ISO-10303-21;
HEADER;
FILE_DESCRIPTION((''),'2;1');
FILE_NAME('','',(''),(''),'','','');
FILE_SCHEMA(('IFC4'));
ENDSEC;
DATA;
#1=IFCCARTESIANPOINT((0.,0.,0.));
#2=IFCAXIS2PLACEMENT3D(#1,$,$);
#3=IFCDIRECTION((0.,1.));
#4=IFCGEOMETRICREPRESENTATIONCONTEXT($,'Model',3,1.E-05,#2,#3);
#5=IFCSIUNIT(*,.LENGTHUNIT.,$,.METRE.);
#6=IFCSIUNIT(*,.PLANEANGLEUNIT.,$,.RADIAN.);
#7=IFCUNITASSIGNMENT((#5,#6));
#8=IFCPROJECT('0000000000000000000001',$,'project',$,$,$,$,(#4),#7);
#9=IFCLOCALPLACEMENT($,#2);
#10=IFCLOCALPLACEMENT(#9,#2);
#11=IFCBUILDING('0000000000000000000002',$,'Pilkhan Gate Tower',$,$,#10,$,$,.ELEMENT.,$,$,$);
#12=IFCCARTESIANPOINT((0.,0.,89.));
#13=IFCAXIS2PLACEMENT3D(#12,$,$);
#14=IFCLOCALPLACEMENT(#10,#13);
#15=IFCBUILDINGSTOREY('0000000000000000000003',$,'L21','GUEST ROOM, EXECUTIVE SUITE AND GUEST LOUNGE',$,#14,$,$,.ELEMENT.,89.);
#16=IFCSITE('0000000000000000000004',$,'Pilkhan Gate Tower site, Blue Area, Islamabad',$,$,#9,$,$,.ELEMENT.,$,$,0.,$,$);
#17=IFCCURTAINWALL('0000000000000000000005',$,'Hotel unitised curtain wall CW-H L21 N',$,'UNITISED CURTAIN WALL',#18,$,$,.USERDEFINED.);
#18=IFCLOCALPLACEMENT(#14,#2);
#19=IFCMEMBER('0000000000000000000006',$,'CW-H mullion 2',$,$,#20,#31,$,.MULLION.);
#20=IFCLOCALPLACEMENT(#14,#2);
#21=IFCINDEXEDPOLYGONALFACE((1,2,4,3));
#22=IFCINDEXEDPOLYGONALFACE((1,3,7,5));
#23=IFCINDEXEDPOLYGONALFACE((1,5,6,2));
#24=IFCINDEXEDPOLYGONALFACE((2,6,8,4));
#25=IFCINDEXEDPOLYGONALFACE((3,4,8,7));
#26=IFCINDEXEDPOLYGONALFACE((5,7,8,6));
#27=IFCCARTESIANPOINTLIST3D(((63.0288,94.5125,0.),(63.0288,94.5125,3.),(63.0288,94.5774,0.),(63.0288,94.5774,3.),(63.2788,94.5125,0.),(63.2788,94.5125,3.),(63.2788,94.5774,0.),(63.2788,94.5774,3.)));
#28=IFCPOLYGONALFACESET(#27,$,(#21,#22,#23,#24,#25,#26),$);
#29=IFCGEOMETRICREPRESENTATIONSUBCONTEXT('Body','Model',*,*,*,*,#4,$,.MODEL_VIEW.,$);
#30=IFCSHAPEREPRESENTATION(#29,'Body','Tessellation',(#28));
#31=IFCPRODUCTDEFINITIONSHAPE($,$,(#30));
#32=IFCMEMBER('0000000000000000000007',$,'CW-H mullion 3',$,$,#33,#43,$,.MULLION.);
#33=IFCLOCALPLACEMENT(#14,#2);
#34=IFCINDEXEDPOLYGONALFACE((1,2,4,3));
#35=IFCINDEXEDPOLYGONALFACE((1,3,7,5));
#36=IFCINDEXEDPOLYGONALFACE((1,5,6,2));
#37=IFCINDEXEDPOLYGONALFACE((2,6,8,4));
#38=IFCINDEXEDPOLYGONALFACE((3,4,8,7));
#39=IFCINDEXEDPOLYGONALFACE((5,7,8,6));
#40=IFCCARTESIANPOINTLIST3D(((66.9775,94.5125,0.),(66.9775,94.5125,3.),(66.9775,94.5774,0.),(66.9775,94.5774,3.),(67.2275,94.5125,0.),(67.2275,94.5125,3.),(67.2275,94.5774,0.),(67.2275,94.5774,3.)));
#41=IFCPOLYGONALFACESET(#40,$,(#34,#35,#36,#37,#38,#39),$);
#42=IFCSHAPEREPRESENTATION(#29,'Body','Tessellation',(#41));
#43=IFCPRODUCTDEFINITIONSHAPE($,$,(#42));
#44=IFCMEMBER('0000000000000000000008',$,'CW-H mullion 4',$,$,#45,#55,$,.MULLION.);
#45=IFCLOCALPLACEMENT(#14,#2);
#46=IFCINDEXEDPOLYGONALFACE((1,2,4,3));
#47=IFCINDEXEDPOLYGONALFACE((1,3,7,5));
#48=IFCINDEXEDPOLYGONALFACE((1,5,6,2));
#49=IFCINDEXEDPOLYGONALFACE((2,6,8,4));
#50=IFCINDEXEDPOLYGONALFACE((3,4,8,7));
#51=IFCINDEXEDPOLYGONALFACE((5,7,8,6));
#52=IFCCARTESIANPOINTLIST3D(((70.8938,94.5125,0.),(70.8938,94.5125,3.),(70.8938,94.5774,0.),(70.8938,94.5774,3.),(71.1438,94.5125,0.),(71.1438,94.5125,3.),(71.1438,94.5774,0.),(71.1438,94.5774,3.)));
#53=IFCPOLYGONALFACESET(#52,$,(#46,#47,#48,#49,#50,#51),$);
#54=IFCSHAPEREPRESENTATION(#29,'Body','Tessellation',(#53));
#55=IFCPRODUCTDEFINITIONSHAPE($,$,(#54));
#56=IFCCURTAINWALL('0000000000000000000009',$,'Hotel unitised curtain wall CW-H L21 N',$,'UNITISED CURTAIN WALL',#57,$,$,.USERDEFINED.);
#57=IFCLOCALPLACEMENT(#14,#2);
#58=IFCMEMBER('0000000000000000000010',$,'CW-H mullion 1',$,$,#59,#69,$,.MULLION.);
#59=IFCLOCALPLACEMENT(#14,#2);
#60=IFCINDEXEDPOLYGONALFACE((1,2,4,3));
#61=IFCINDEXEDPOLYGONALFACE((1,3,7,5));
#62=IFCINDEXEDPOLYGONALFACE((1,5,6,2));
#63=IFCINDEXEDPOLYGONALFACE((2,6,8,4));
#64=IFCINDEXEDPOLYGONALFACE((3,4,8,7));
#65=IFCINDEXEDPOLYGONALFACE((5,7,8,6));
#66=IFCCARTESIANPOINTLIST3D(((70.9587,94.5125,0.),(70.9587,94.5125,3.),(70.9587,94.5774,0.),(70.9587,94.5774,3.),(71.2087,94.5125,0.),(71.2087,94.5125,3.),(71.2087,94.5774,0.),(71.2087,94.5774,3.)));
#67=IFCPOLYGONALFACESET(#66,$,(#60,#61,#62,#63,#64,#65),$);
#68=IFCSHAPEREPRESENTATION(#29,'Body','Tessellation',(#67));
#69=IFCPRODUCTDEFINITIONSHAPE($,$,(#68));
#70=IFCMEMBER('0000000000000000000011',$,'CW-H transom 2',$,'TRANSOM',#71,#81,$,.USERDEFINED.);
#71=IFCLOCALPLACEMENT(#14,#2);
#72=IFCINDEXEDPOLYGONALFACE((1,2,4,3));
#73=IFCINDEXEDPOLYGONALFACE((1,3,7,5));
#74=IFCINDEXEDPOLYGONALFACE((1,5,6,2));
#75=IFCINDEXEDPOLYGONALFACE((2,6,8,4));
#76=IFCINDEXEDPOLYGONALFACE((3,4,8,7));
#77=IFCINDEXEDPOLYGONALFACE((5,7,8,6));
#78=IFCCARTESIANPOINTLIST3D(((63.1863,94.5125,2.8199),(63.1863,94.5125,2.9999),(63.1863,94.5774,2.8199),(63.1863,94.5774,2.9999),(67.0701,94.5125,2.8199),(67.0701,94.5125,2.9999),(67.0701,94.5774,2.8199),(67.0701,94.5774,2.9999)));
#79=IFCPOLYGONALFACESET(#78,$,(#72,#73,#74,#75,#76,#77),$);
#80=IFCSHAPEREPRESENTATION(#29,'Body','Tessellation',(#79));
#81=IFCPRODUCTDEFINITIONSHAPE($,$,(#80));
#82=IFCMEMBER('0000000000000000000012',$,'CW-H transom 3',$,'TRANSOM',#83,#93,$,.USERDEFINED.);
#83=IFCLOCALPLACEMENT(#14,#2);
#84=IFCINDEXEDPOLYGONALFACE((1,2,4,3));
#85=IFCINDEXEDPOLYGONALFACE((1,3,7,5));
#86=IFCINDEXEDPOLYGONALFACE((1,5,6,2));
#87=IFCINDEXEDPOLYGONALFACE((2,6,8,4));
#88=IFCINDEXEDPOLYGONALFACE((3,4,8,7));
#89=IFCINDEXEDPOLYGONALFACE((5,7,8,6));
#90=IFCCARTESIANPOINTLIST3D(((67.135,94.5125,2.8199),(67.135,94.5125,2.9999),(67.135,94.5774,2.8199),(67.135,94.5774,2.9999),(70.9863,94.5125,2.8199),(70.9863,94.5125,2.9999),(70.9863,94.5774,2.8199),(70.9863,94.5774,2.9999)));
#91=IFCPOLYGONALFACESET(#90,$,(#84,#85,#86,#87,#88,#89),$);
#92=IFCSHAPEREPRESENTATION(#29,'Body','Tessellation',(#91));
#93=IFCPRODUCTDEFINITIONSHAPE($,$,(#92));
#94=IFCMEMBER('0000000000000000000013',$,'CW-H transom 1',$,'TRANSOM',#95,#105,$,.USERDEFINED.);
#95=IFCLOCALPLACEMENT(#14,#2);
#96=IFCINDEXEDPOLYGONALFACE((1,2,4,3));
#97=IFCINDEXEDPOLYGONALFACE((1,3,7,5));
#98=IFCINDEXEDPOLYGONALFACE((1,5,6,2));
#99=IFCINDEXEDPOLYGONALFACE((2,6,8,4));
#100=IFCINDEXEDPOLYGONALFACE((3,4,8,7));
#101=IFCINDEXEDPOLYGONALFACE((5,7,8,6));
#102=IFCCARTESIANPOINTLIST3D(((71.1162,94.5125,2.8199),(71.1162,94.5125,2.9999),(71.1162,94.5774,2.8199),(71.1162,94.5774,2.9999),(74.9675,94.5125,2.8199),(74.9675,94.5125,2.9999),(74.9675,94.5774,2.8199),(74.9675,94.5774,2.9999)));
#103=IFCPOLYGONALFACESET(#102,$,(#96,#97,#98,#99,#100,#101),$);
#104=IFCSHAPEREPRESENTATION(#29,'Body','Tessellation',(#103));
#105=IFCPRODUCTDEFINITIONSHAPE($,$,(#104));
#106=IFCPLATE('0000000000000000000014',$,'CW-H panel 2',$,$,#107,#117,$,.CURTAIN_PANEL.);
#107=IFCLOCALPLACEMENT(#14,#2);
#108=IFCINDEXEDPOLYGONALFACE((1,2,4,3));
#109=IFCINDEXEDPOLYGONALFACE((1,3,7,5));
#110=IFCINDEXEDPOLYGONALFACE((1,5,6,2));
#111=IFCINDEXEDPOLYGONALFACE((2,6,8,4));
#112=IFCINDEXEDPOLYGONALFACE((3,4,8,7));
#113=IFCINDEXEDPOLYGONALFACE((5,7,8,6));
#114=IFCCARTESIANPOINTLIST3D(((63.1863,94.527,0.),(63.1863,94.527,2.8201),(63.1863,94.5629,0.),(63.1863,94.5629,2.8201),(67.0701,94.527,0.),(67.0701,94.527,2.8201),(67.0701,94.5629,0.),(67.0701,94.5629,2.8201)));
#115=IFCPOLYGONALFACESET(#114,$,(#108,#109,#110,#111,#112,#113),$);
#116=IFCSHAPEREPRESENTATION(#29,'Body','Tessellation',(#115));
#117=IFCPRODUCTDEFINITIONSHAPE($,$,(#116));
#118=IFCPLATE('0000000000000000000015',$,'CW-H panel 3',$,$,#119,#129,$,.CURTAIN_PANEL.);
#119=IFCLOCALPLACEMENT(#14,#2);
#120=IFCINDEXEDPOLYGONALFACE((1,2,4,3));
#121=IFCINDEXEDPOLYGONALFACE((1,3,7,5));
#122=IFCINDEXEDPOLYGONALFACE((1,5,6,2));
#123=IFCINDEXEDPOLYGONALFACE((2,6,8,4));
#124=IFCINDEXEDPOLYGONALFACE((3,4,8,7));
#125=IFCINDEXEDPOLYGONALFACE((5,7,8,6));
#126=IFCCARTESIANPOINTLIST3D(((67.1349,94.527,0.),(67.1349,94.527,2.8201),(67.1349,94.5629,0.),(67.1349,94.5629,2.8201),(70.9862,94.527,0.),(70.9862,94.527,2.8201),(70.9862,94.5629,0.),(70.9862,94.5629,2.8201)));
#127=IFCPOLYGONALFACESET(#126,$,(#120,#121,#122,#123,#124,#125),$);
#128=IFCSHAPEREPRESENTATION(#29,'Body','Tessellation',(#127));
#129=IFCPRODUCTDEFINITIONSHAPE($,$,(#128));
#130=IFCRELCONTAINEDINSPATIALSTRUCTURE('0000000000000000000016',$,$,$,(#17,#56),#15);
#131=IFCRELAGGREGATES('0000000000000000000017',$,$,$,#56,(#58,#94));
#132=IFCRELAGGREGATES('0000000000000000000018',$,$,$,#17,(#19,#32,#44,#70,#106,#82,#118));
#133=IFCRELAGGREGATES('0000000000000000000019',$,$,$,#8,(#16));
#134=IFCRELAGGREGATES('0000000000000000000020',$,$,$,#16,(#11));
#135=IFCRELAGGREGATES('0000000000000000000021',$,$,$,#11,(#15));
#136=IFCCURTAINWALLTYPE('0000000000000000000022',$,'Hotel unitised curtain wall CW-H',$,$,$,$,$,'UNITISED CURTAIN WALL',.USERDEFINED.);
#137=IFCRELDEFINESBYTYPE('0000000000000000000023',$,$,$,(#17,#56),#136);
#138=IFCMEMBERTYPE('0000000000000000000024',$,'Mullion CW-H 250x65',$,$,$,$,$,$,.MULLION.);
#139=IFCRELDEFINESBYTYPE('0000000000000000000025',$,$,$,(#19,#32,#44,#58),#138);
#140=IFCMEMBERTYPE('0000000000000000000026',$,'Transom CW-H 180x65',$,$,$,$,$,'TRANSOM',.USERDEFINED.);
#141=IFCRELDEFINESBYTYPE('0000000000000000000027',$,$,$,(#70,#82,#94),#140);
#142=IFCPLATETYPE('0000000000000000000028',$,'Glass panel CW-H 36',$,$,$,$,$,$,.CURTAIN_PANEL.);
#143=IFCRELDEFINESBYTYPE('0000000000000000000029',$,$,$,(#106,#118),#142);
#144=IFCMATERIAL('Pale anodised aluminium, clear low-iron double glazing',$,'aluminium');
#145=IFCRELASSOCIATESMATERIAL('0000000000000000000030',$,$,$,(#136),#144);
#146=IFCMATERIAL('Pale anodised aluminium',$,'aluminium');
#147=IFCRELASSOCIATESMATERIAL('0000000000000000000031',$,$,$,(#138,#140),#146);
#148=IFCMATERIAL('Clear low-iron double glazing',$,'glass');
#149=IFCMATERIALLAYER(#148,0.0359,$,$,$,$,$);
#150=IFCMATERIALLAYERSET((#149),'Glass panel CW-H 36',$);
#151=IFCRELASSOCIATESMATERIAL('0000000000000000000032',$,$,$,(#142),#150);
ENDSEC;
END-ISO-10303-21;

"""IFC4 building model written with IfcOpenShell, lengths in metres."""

from ifc_helpers import new_model, si_unit, direction, frame, origin, origin_2d, place, context, subcontext, project, spatial, rectangle, extrude, material, layer, layer_set, material_profile, profile_set, type_object, element, aggregate, save


model = new_model("IFC4")

# Units and contexts
model_context = context("Model", 3, precision=1e-05, world=origin(), true_north=direction((0.0, 1.0)))
body_context = subcontext(model_context, "Body", "Model", "MODEL_VIEW")
ifc_project = project(units=[si_unit("LENGTHUNIT", "METRE"), si_unit("PLANEANGLEUNIT", "RADIAN")], contexts=[model_context])

# Site, building, storey
site_placement = place(None, origin())
site = spatial("IfcSite", under=ifc_project, at=site_placement, Name="Pilkhan Gate Tower site, Blue Area, Islamabad", CompositionType="ELEMENT", RefElevation=0.0)
building_placement = place(site_placement, origin())
building = spatial("IfcBuilding", under=site, at=building_placement, Name="Pilkhan Gate Tower", CompositionType="ELEMENT")
storey_placement = place(building_placement, frame((0.0, 0.0, 89.0)))
storey = spatial("IfcBuildingStorey", under=building, at=storey_placement, Name="L21", Description="GUEST ROOM, EXECUTIVE SUITE AND GUEST LOUNGE", CompositionType="ELEMENT", Elevation=89.0)

# Curtain wall, members
ifc_material_1 = material(Name="Pale anodised aluminium, clear low-iron double glazing", Category="aluminium")
curtain_wall_type = type_object("IfcCurtainWallType", Name="Hotel unitised curtain wall CW-H", ElementType="UNITISED CURTAIN WALL", PredefinedType="USERDEFINED", material=ifc_material_1)
curtain_wall_1_placement = place(storey_placement, origin())
curtain_wall_1 = element("IfcCurtainWall", 1, at=curtain_wall_1_placement, inside=storey, type_object=curtain_wall_type, Name="Hotel unitised curtain wall CW-H L21 N", ObjectType="UNITISED CURTAIN WALL", PredefinedType="USERDEFINED")
ifc_material_2 = material(Name="Pale anodised aluminium", Category="aluminium")
ifc_material_profile_1 = material_profile(ifc_material_2, rectangle(XDim=0.0649, YDim=0.25, at=origin_2d()), Name="Mullion 250x65")
ifc_profile_set_1 = profile_set([ifc_material_profile_1], Name="Pale anodised aluminium")
member_type_1 = type_object("IfcMemberType", Name="Mullion CW-H 250x65", PredefinedType="MULLION", material=ifc_profile_set_1)
member_1_placement = place(storey_placement, frame((63.1538, 94.5449, 0.0), z_axis=(0.0, 0.0, 1.0), x_axis=(0.0, 1.0, 0.0)))
member_1 = element("IfcMember", 2, at=member_1_placement, type_object=member_type_1, Name="CW-H mullion 2", PredefinedType="MULLION", context=body_context, shape_type="SweptSolid", body=[
    extrude(rectangle(XDim=0.0649, YDim=0.25, at=origin_2d()), origin(), (0.0, 0.0, 1.0), 3.0),
])
member_2_placement = place(storey_placement, frame((67.1025, 94.5449, 0.0), z_axis=(0.0, 0.0, 1.0), x_axis=(0.0, 1.0, 0.0)))
member_2 = element("IfcMember", 3, at=member_2_placement, type_object=member_type_1, Name="CW-H mullion 3", PredefinedType="MULLION", context=body_context, shape_type="SweptSolid", body=[
    extrude(rectangle(XDim=0.0649, YDim=0.25, at=origin_2d()), origin(), (0.0, 0.0, 1.0), 3.0),
])
member_3_placement = place(storey_placement, frame((71.0188, 94.5449, 0.0), z_axis=(0.0, 0.0, 1.0), x_axis=(0.0, 1.0, 0.0)))
member_3 = element("IfcMember", 4, at=member_3_placement, type_object=member_type_1, Name="CW-H mullion 4", PredefinedType="MULLION", context=body_context, shape_type="SweptSolid", body=[
    extrude(rectangle(XDim=0.0649, YDim=0.25, at=origin_2d()), origin(), (0.0, 0.0, 1.0), 3.0),
])

# Curtain wall, member
curtain_wall_2_placement = place(storey_placement, origin())
curtain_wall_2 = element("IfcCurtainWall", 5, at=curtain_wall_2_placement, inside=storey, type_object=curtain_wall_type, Name="Hotel unitised curtain wall CW-H L21 N", ObjectType="UNITISED CURTAIN WALL", PredefinedType="USERDEFINED")
member_4_placement = place(storey_placement, frame((71.0837, 94.5449, 0.0), z_axis=(0.0, 0.0, 1.0), x_axis=(0.0, 1.0, 0.0)))
member_4 = element("IfcMember", 6, at=member_4_placement, type_object=member_type_1, Name="CW-H mullion 1", PredefinedType="MULLION", context=body_context, shape_type="SweptSolid", body=[
    extrude(rectangle(XDim=0.0649, YDim=0.25, at=origin_2d()), origin(), (0.0, 0.0, 1.0), 3.0),
])

# Members
ifc_material_profile_2 = material_profile(ifc_material_2, rectangle(XDim=0.0649, YDim=0.1799, at=origin_2d()), Name="Transom 180x65")
ifc_profile_set_2 = profile_set([ifc_material_profile_2], Name="Pale anodised aluminium")
member_type_2 = type_object("IfcMemberType", Name="Transom CW-H 180x65", ElementType="TRANSOM", PredefinedType="USERDEFINED", material=ifc_profile_set_2)
member_5_placement = place(storey_placement, frame((63.1863, 94.5449, 2.9099), z_axis=(1.0, 0.0, 0.0), x_axis=(0.0, 1.0, 0.0)))
member_5 = element("IfcMember", 7, at=member_5_placement, type_object=member_type_2, Name="CW-H transom 2", ObjectType="TRANSOM", PredefinedType="USERDEFINED", context=body_context, shape_type="SweptSolid", body=[
    extrude(rectangle(XDim=0.0649, YDim=0.1799, at=origin_2d()), origin(), (0.0, 0.0, 1.0), 3.8838),
])
member_6_placement = place(storey_placement, frame((67.135, 94.5449, 2.9099), z_axis=(1.0, 0.0, 0.0), x_axis=(0.0, 1.0, 0.0)))
member_6 = element("IfcMember", 8, at=member_6_placement, type_object=member_type_2, Name="CW-H transom 3", ObjectType="TRANSOM", PredefinedType="USERDEFINED", context=body_context, shape_type="SweptSolid", body=[
    extrude(rectangle(XDim=0.0649, YDim=0.1799, at=origin_2d()), origin(), (0.0, 0.0, 1.0), 3.8513),
])
member_7_placement = place(storey_placement, frame((71.1162, 94.5449, 2.9099), z_axis=(1.0, 0.0, 0.0), x_axis=(0.0, 1.0, 0.0)))
member_7 = element("IfcMember", 9, at=member_7_placement, type_object=member_type_2, Name="CW-H transom 1", ObjectType="TRANSOM", PredefinedType="USERDEFINED", context=body_context, shape_type="SweptSolid", body=[
    extrude(rectangle(XDim=0.0649, YDim=0.1799, at=origin_2d()), origin(), (0.0, 0.0, 1.0), 3.8513),
])
aggregate(curtain_wall_2, [member_4, member_7])

# Plates
ifc_material_3 = material(Name="Clear low-iron double glazing", Category="glass")
ifc_layer_1 = layer(ifc_material_3, 0.0359)
ifc_layer_set_1 = layer_set([ifc_layer_1], Name="Glass panel CW-H 36")
plate_type = type_object("IfcPlateType", Name="Glass panel CW-H 36", PredefinedType="CURTAIN_PANEL", material=ifc_layer_set_1)
plate_1_placement = place(storey_placement, frame((65.1282, 94.5449, 0.0), z_axis=(0.0, 0.0, 1.0), x_axis=(1.0, 0.0, 0.0)))
plate_1 = element("IfcPlate", 10, at=plate_1_placement, type_object=plate_type, Name="CW-H panel 2", PredefinedType="CURTAIN_PANEL", context=body_context, shape_type="SweptSolid", body=[
    extrude(rectangle(XDim=3.8838, YDim=0.0359, at=origin_2d()), origin(), (0.0, 0.0, 1.0), 2.8201),
])
plate_2_placement = place(storey_placement, frame((69.0605, 94.5449, 0.0), z_axis=(0.0, 0.0, 1.0), x_axis=(1.0, 0.0, 0.0)))
plate_2 = element("IfcPlate", 11, at=plate_2_placement, type_object=plate_type, Name="CW-H panel 3", PredefinedType="CURTAIN_PANEL", context=body_context, shape_type="SweptSolid", body=[
    extrude(rectangle(XDim=3.8513, YDim=0.0359, at=origin_2d()), origin(), (0.0, 0.0, 1.0), 2.8201),
])
aggregate(curtain_wall_1, [member_1, member_2, member_3, member_5, plate_1, member_6, plate_2])

save(model, "model.ifc")
